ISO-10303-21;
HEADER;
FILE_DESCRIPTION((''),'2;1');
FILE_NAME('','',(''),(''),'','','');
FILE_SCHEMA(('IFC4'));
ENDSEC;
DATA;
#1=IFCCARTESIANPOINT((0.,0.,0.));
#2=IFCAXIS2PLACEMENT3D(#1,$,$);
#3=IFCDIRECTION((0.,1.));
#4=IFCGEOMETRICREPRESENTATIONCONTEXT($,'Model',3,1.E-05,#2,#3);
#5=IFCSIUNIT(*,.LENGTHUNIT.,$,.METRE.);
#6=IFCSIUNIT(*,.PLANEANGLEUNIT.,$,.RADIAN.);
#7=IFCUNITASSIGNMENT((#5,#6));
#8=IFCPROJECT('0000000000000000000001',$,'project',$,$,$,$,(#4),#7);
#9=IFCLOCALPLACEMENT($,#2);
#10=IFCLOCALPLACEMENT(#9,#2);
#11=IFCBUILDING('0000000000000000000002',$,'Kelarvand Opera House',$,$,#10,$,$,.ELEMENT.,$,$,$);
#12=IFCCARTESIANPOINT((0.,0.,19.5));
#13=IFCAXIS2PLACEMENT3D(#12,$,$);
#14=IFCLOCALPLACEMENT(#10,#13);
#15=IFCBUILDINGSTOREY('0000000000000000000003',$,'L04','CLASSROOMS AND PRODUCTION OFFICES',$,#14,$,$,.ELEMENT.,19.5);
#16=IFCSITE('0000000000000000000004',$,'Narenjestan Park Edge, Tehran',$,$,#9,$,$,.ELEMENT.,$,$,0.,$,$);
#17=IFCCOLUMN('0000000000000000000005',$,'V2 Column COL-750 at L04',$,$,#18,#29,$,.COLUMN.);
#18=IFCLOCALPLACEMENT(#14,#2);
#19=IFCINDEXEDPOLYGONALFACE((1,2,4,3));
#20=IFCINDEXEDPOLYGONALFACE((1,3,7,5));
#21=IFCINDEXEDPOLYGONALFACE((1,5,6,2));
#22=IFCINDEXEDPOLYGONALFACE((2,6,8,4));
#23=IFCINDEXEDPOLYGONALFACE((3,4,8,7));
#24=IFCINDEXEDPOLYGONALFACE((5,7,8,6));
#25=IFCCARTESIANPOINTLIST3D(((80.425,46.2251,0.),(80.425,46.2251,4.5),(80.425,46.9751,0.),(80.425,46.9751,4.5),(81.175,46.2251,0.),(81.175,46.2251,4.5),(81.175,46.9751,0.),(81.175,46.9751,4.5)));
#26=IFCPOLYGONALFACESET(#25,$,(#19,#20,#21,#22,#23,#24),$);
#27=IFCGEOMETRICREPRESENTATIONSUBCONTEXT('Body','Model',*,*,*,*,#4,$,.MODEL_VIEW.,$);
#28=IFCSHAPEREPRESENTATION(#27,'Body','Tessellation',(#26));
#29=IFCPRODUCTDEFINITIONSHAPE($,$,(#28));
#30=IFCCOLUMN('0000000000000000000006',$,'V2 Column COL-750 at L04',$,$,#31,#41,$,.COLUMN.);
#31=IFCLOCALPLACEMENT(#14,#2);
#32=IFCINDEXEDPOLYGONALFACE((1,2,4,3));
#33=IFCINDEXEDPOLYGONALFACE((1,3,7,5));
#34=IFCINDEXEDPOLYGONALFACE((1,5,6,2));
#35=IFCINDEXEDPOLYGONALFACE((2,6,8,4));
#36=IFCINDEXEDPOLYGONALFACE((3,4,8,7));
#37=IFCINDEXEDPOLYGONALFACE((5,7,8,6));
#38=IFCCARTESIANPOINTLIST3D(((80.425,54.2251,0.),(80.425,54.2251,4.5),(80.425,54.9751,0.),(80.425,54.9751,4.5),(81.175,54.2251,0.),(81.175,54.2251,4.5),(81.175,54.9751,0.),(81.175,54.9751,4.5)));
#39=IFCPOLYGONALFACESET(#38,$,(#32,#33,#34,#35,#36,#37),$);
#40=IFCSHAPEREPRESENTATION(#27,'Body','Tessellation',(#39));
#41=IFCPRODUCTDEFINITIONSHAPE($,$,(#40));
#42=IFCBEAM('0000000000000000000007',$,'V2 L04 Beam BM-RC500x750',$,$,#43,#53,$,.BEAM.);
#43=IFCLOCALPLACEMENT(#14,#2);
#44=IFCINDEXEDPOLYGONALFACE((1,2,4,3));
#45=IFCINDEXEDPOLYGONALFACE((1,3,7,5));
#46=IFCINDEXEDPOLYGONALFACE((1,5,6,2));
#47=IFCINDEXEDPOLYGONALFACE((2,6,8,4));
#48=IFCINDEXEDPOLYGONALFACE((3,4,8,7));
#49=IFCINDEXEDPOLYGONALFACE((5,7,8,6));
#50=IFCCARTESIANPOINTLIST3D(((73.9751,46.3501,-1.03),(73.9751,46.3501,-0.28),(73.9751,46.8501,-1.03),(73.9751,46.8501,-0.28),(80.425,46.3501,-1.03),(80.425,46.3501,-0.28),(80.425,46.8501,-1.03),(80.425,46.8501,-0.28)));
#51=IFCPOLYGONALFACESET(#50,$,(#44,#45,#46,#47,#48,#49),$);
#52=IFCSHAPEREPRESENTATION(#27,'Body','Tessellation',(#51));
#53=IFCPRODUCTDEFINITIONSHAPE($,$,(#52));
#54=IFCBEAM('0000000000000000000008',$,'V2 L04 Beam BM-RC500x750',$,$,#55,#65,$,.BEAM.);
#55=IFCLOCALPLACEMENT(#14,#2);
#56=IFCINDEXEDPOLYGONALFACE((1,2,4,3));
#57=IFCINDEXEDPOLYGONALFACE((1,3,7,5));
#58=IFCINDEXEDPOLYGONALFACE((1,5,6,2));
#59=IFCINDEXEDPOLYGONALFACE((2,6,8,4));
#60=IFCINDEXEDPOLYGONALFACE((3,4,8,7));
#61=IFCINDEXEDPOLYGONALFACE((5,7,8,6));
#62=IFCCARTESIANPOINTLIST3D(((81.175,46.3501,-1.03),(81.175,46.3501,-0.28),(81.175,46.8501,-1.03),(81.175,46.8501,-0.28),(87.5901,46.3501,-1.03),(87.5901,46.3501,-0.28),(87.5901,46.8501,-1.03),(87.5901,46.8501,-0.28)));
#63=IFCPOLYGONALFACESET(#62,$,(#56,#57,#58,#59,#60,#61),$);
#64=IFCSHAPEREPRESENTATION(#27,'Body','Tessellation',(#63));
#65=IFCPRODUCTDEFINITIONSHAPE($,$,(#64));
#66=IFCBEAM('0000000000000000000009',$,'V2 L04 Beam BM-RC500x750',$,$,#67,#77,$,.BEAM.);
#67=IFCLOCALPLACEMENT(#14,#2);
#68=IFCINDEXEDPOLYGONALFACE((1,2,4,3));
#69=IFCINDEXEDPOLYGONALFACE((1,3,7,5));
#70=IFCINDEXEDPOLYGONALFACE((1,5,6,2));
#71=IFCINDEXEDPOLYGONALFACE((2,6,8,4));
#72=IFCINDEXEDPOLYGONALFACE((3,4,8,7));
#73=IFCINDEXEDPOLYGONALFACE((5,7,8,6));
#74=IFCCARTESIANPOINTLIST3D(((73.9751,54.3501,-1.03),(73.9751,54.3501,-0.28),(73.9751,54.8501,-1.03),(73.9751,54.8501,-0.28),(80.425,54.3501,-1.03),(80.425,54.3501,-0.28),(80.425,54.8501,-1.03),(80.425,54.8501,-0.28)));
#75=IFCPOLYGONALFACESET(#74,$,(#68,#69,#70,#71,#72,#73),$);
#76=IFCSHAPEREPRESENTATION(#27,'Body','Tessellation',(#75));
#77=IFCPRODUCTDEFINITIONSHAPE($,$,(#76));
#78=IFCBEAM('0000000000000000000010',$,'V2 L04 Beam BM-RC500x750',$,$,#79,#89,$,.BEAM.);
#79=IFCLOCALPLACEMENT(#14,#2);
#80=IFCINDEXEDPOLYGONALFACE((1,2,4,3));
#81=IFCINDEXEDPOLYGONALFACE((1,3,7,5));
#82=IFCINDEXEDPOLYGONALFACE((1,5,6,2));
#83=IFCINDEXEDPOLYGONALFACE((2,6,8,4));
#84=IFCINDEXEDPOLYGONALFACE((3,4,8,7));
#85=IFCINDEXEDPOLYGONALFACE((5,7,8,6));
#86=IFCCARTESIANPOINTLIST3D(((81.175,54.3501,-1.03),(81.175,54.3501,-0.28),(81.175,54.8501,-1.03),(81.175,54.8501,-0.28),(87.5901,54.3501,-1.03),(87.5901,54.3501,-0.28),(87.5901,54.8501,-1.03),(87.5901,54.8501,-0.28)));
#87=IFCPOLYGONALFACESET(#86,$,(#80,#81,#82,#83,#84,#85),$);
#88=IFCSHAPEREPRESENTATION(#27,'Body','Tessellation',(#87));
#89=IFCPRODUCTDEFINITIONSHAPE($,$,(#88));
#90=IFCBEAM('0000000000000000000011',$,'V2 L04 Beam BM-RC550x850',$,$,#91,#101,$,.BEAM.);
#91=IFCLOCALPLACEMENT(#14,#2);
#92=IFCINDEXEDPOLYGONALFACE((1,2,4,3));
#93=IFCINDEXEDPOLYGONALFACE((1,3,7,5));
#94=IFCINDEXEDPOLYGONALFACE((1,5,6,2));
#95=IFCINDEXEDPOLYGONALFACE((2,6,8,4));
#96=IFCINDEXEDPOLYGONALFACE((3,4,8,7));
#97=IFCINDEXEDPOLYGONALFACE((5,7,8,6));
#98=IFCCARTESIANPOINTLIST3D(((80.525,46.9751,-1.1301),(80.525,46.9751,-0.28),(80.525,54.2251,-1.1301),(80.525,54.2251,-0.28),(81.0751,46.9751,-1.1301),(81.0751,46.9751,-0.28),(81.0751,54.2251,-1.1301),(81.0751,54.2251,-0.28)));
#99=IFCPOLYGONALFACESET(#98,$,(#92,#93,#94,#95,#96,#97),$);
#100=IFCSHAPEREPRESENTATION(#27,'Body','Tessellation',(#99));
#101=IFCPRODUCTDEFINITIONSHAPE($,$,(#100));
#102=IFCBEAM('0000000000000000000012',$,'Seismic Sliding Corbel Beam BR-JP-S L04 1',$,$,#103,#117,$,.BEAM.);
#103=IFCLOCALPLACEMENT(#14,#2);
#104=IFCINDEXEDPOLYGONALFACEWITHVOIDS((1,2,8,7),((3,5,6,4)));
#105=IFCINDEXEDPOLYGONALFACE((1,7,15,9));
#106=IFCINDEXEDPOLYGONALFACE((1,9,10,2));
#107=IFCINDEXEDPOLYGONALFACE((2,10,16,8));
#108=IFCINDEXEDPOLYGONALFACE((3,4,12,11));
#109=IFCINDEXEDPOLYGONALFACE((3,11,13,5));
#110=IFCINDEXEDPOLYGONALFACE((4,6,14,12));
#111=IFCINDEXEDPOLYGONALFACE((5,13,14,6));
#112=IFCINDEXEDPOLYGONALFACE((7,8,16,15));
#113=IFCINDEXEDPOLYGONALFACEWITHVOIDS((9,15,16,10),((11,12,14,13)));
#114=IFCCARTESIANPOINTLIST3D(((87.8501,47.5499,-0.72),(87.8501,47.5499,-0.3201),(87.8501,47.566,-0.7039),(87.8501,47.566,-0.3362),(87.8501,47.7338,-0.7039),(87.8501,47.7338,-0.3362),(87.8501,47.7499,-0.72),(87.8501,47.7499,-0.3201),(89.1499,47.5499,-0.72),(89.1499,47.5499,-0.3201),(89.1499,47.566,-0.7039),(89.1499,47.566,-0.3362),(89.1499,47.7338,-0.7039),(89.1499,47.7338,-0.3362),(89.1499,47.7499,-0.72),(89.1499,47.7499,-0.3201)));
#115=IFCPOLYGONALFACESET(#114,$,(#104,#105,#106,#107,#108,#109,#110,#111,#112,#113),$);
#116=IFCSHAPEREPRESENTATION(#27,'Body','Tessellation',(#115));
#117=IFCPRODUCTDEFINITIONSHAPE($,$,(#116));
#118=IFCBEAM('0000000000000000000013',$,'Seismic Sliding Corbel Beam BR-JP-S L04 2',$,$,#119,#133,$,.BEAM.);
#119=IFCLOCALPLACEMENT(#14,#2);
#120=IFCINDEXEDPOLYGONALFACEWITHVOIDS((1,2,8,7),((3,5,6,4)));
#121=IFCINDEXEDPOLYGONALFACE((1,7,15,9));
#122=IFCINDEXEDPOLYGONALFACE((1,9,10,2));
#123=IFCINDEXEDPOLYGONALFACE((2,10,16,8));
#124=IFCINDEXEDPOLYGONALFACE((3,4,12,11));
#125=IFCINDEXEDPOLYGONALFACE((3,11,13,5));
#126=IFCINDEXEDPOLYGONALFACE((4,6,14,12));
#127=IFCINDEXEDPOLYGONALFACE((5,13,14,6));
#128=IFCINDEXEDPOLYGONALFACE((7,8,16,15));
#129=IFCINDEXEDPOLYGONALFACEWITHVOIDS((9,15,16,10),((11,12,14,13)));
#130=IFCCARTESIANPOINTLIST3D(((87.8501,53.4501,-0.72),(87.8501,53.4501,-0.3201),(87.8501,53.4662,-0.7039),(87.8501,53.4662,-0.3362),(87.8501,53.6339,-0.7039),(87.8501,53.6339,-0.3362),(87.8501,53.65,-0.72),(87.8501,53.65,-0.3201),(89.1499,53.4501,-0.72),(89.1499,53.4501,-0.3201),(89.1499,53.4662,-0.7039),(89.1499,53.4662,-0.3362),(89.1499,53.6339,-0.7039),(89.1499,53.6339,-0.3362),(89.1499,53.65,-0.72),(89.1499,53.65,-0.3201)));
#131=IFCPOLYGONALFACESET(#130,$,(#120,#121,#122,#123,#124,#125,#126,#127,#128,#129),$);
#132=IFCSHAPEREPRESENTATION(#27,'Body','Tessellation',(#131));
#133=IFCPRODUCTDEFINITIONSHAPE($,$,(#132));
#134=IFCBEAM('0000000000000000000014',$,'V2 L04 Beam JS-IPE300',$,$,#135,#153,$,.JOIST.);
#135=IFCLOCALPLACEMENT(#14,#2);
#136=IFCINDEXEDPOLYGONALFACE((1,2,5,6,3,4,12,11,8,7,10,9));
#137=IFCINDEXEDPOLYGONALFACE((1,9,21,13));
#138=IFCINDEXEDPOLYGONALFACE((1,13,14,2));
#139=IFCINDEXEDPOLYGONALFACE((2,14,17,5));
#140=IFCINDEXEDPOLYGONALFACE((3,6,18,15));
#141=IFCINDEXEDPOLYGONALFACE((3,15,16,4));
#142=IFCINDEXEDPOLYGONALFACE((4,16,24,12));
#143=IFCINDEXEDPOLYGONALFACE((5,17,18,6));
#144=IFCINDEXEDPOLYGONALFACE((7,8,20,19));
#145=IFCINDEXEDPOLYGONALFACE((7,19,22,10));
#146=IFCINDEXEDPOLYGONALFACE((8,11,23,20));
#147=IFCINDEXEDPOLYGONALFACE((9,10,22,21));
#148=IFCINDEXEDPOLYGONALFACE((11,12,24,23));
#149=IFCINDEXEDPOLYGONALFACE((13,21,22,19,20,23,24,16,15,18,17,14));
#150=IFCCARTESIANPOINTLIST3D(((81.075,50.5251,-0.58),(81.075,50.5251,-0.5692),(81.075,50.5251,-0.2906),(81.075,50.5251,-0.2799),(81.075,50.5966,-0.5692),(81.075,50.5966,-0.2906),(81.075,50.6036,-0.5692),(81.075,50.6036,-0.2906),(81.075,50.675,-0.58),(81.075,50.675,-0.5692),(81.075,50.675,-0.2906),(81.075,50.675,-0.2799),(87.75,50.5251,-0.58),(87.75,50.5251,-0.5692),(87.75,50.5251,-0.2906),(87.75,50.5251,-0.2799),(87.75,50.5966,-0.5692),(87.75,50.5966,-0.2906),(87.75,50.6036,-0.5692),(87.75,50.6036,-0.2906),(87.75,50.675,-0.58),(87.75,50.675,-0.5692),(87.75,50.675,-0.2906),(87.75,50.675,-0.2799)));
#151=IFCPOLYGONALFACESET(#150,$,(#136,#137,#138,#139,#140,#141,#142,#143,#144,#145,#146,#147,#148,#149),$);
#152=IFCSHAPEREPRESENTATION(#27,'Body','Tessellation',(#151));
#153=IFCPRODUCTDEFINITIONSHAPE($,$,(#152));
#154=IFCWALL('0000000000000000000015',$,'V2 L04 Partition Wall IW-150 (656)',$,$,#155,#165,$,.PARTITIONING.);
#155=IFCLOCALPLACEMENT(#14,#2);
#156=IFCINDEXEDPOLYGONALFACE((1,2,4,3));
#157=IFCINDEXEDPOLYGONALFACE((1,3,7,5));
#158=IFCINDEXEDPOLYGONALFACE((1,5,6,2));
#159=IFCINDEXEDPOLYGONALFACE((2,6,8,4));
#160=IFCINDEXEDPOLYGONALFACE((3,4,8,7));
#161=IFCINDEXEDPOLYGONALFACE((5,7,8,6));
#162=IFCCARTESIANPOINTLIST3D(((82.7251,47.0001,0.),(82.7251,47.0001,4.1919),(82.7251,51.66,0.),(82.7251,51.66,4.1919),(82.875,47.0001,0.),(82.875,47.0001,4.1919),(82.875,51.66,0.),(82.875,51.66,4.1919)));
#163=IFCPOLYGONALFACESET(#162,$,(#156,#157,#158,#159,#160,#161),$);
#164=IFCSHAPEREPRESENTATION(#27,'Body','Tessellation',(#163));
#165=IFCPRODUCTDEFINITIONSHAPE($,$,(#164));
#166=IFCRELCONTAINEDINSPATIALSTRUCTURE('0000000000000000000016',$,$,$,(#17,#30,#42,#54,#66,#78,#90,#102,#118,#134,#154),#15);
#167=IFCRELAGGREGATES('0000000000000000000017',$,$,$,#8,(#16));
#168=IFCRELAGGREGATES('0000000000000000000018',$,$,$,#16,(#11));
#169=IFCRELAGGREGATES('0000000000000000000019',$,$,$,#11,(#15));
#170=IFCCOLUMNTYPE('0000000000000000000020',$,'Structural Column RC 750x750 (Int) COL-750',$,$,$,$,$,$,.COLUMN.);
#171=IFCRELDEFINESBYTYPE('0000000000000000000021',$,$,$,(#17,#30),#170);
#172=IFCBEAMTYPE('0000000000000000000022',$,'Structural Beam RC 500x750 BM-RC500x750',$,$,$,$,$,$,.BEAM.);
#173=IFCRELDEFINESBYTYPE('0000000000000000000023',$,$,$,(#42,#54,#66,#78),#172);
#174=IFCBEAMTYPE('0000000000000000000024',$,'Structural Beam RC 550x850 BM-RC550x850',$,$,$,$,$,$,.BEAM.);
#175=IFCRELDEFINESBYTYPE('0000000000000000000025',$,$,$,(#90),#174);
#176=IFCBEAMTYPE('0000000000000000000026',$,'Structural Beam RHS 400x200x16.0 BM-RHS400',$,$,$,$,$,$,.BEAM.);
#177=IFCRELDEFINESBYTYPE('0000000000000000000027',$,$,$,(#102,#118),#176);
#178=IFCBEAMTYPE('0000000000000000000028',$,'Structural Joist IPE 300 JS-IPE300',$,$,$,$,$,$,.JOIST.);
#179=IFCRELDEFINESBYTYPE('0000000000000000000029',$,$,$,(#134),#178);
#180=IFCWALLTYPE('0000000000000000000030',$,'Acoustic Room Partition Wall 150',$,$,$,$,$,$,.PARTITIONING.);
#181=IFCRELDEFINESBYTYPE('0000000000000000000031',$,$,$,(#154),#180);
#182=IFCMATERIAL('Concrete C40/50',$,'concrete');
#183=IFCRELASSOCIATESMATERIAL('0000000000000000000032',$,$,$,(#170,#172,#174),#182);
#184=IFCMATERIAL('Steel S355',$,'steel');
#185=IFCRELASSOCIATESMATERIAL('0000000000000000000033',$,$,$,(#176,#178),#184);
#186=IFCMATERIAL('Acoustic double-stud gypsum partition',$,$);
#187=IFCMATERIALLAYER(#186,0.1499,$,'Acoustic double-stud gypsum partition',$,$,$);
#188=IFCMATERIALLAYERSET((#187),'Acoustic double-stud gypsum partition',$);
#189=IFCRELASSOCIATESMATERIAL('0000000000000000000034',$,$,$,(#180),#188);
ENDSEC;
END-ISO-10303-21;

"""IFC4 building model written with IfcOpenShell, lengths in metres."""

from ifc_helpers import new_model, si_unit, direction, frame, frame_2d, origin, origin_2d, place, context, subcontext, project, spatial, rectangle, hollow_rectangle, i_section, extrude, material, layer, layer_set, material_profile, profile_set, type_object, element, save


model = new_model("IFC4")

# Units and contexts
model_context = context("Model", 3, precision=1e-05, world=origin(), true_north=direction((0.0, 1.0)))
body_context = subcontext(model_context, "Body", "Model", "MODEL_VIEW")
ifc_project = project(units=[si_unit("LENGTHUNIT", "METRE"), si_unit("PLANEANGLEUNIT", "RADIAN")], contexts=[model_context])

# Site, building, storey
site_placement = place(None, origin())
site = spatial("IfcSite", under=ifc_project, at=site_placement, Name="Narenjestan Park Edge, Tehran", CompositionType="ELEMENT", RefElevation=0.0)
building_placement = place(site_placement, origin())
building = spatial("IfcBuilding", under=site, at=building_placement, Name="Kelarvand Opera House", CompositionType="ELEMENT")
storey_placement = place(building_placement, frame((0.0, 0.0, 19.5)))
storey = spatial("IfcBuildingStorey", under=building, at=storey_placement, Name="L04", Description="CLASSROOMS AND PRODUCTION OFFICES", CompositionType="ELEMENT", Elevation=19.5)

# Columns
ifc_material_1 = material(Name="Concrete C40/50", Category="concrete")
ifc_material_profile_1 = material_profile(ifc_material_1, rectangle(XDim=0.75, YDim=0.75, at=origin_2d()), Name="RC 750x750", Category="concrete")
ifc_profile_set_1 = profile_set([ifc_material_profile_1], Name="Concrete C40/50")
column_type = type_object("IfcColumnType", Name="Structural Column RC 750x750 (Int) COL-750", PredefinedType="COLUMN", material=ifc_profile_set_1)
for number, where, z_axis, x_axis, name in (
    (1, (80.8, 46.6001, 0.0), (0.0, 0.0, 1.0), (1.0, 0.0, 0.0), "V2 Column COL-750 at L04"),
    (2, (80.8, 54.6001, 0.0), (0.0, 0.0, 1.0), (1.0, 0.0, 0.0), "V2 Column COL-750 at L04"),
):
    element("IfcColumn", number, at=place(storey_placement, frame(where, z_axis=z_axis, x_axis=x_axis)), inside=storey, type_object=column_type, Name=name, PredefinedType="COLUMN", context=body_context, shape_type="SweptSolid", body=[
        extrude(rectangle(XDim=0.75, YDim=0.75, at=origin_2d()), origin(), (0.0, 0.0, 1.0), 4.5),
    ])

# Beams
ifc_material_profile_2 = material_profile(ifc_material_1, rectangle(XDim=0.5, YDim=0.75, at=origin_2d()), Name="RC 500x750", Category="concrete")
ifc_profile_set_2 = profile_set([ifc_material_profile_2], Name="Concrete C40/50")
beam_type_1 = type_object("IfcBeamType", Name="Structural Beam RC 500x750 BM-RC500x750", PredefinedType="BEAM", material=ifc_profile_set_2)
beam_1_placement = place(storey_placement, frame((73.9751, 46.6001, -0.655), z_axis=(1.0, 0.0, 0.0), x_axis=(0.0, 1.0, 0.0)))
element("IfcBeam", 3, at=beam_1_placement, inside=storey, type_object=beam_type_1, Name="V2 L04 Beam BM-RC500x750", PredefinedType="BEAM", context=body_context, shape_type="SweptSolid", body=[
    extrude(rectangle(XDim=0.5, YDim=0.75, at=origin_2d()), origin(), (0.0, 0.0, 1.0), 6.45),
])
beam_2_placement = place(storey_placement, frame((81.175, 46.6001, -0.655), z_axis=(1.0, 0.0, 0.0), x_axis=(0.0, 1.0, 0.0)))
element("IfcBeam", 4, at=beam_2_placement, inside=storey, type_object=beam_type_1, Name="V2 L04 Beam BM-RC500x750", PredefinedType="BEAM", context=body_context, shape_type="SweptSolid", body=[
    extrude(rectangle(XDim=0.5, YDim=0.75, at=origin_2d()), origin(), (0.0, 0.0, 1.0), 6.415),
])
beam_3_placement = place(storey_placement, frame((73.9751, 54.6001, -0.655), z_axis=(1.0, 0.0, 0.0), x_axis=(0.0, 1.0, 0.0)))
element("IfcBeam", 5, at=beam_3_placement, inside=storey, type_object=beam_type_1, Name="V2 L04 Beam BM-RC500x750", PredefinedType="BEAM", context=body_context, shape_type="SweptSolid", body=[
    extrude(rectangle(XDim=0.5, YDim=0.75, at=origin_2d()), origin(), (0.0, 0.0, 1.0), 6.45),
])
beam_4_placement = place(storey_placement, frame((81.175, 54.6001, -0.655), z_axis=(1.0, 0.0, 0.0), x_axis=(0.0, 1.0, 0.0)))
element("IfcBeam", 6, at=beam_4_placement, inside=storey, type_object=beam_type_1, Name="V2 L04 Beam BM-RC500x750", PredefinedType="BEAM", context=body_context, shape_type="SweptSolid", body=[
    extrude(rectangle(XDim=0.5, YDim=0.75, at=origin_2d()), origin(), (0.0, 0.0, 1.0), 6.415),
])
ifc_material_profile_3 = material_profile(ifc_material_1, rectangle(XDim=0.55, YDim=0.8501, at=origin_2d()), Name="RC 550x850", Category="concrete")
ifc_profile_set_3 = profile_set([ifc_material_profile_3], Name="Concrete C40/50")
beam_type_2 = type_object("IfcBeamType", Name="Structural Beam RC 550x850 BM-RC550x850", PredefinedType="BEAM", material=ifc_profile_set_3)
beam_5_placement = place(storey_placement, frame((80.8, 46.9751, -0.7051), z_axis=(0.0, 1.0, 0.0), x_axis=(-1.0, 0.0, 0.0)))
element("IfcBeam", 7, at=beam_5_placement, inside=storey, type_object=beam_type_2, Name="V2 L04 Beam BM-RC550x850", PredefinedType="BEAM", context=body_context, shape_type="SweptSolid", body=[
    extrude(rectangle(XDim=0.55, YDim=0.8501, at=origin_2d()), origin(), (0.0, 0.0, 1.0), 7.25),
])
ifc_material_2 = material(Name="Steel S355", Category="steel")
ifc_material_profile_4 = material_profile(ifc_material_2, hollow_rectangle(XDim=0.2, YDim=0.3999, WallThickness=0.0161, at=origin_2d()), Name="RHS 400x200x16.0", Category="steel")
ifc_profile_set_4 = profile_set([ifc_material_profile_4], Name="Steel S355")
beam_type_3 = type_object("IfcBeamType", Name="Structural Beam RHS 400x200x16.0 BM-RHS400", PredefinedType="BEAM", material=ifc_profile_set_4)
for number, where, z_axis, x_axis, name in (
    (8, (87.8501, 47.6499, -0.52), (1.0, 0.0, 0.0), (0.0, 1.0, 0.0), "Seismic Sliding Corbel Beam BR-JP-S L04 1"),
    (9, (87.8501, 53.55, -0.52), (1.0, 0.0, 0.0), (0.0, 1.0, 0.0), "Seismic Sliding Corbel Beam BR-JP-S L04 2"),
):
    element("IfcBeam", number, at=place(storey_placement, frame(where, z_axis=z_axis, x_axis=x_axis)), inside=storey, type_object=beam_type_3, Name=name, PredefinedType="BEAM", context=body_context, shape_type="SweptSolid", body=[
        extrude(hollow_rectangle(XDim=0.2, YDim=0.3999, WallThickness=0.0161, at=origin_2d()), origin(), (0.0, 0.0, 1.0), 1.2998),
    ])
ifc_material_profile_5 = material_profile(ifc_material_2, i_section(OverallWidth=0.1499, OverallDepth=0.3, WebThickness=0.0071, FlangeThickness=0.0107, at=origin_2d()), Name="IPE 300", Category="steel")
ifc_profile_set_5 = profile_set([ifc_material_profile_5], Name="Steel S355")
beam_type_4 = type_object("IfcBeamType", Name="Structural Joist IPE 300 JS-IPE300", PredefinedType="JOIST", material=ifc_profile_set_5)
beam_6_placement = place(storey_placement, frame((81.075, 50.6001, -0.4299), z_axis=(1.0, 0.0, 0.0), x_axis=(0.0, 1.0, 0.0)))
element("IfcBeam", 10, at=beam_6_placement, inside=storey, type_object=beam_type_4, Name="V2 L04 Beam JS-IPE300", PredefinedType="JOIST", context=body_context, shape_type="SweptSolid", body=[
    extrude(i_section(OverallWidth=0.1499, OverallDepth=0.3, WebThickness=0.0071, FlangeThickness=0.0107, at=origin_2d()), origin(), (0.0, 0.0, 1.0), 6.675),
])

# Wall
ifc_material_3 = material(Name="Acoustic double-stud gypsum partition")
ifc_layer_1 = layer(ifc_material_3, 0.1499, Name="Acoustic double-stud gypsum partition")
ifc_layer_set_1 = layer_set([ifc_layer_1], Name="Acoustic double-stud gypsum partition")
wall_type_1 = type_object("IfcWallType", Name="Acoustic Room Partition Wall 150", PredefinedType="PARTITIONING", material=ifc_layer_set_1)
wall_1_placement = place(storey_placement, frame((82.8, 47.0, 0.0), z_axis=(0.0, 0.0, 1.0), x_axis=(0.0, 1.0, 0.0)))
element("IfcWall", 11, at=wall_1_placement, inside=storey, type_object=wall_type_1, Name="V2 L04 Partition Wall IW-150 (656)", PredefinedType="PARTITIONING", context=body_context, shape_type="SweptSolid", body=[
    extrude(rectangle(XDim=4.6599, YDim=0.1499, at=frame_2d((2.3301, 0.0))), origin(), (0.0, 0.0, 1.0), 4.1919),
])

save(model, "model.ifc")
